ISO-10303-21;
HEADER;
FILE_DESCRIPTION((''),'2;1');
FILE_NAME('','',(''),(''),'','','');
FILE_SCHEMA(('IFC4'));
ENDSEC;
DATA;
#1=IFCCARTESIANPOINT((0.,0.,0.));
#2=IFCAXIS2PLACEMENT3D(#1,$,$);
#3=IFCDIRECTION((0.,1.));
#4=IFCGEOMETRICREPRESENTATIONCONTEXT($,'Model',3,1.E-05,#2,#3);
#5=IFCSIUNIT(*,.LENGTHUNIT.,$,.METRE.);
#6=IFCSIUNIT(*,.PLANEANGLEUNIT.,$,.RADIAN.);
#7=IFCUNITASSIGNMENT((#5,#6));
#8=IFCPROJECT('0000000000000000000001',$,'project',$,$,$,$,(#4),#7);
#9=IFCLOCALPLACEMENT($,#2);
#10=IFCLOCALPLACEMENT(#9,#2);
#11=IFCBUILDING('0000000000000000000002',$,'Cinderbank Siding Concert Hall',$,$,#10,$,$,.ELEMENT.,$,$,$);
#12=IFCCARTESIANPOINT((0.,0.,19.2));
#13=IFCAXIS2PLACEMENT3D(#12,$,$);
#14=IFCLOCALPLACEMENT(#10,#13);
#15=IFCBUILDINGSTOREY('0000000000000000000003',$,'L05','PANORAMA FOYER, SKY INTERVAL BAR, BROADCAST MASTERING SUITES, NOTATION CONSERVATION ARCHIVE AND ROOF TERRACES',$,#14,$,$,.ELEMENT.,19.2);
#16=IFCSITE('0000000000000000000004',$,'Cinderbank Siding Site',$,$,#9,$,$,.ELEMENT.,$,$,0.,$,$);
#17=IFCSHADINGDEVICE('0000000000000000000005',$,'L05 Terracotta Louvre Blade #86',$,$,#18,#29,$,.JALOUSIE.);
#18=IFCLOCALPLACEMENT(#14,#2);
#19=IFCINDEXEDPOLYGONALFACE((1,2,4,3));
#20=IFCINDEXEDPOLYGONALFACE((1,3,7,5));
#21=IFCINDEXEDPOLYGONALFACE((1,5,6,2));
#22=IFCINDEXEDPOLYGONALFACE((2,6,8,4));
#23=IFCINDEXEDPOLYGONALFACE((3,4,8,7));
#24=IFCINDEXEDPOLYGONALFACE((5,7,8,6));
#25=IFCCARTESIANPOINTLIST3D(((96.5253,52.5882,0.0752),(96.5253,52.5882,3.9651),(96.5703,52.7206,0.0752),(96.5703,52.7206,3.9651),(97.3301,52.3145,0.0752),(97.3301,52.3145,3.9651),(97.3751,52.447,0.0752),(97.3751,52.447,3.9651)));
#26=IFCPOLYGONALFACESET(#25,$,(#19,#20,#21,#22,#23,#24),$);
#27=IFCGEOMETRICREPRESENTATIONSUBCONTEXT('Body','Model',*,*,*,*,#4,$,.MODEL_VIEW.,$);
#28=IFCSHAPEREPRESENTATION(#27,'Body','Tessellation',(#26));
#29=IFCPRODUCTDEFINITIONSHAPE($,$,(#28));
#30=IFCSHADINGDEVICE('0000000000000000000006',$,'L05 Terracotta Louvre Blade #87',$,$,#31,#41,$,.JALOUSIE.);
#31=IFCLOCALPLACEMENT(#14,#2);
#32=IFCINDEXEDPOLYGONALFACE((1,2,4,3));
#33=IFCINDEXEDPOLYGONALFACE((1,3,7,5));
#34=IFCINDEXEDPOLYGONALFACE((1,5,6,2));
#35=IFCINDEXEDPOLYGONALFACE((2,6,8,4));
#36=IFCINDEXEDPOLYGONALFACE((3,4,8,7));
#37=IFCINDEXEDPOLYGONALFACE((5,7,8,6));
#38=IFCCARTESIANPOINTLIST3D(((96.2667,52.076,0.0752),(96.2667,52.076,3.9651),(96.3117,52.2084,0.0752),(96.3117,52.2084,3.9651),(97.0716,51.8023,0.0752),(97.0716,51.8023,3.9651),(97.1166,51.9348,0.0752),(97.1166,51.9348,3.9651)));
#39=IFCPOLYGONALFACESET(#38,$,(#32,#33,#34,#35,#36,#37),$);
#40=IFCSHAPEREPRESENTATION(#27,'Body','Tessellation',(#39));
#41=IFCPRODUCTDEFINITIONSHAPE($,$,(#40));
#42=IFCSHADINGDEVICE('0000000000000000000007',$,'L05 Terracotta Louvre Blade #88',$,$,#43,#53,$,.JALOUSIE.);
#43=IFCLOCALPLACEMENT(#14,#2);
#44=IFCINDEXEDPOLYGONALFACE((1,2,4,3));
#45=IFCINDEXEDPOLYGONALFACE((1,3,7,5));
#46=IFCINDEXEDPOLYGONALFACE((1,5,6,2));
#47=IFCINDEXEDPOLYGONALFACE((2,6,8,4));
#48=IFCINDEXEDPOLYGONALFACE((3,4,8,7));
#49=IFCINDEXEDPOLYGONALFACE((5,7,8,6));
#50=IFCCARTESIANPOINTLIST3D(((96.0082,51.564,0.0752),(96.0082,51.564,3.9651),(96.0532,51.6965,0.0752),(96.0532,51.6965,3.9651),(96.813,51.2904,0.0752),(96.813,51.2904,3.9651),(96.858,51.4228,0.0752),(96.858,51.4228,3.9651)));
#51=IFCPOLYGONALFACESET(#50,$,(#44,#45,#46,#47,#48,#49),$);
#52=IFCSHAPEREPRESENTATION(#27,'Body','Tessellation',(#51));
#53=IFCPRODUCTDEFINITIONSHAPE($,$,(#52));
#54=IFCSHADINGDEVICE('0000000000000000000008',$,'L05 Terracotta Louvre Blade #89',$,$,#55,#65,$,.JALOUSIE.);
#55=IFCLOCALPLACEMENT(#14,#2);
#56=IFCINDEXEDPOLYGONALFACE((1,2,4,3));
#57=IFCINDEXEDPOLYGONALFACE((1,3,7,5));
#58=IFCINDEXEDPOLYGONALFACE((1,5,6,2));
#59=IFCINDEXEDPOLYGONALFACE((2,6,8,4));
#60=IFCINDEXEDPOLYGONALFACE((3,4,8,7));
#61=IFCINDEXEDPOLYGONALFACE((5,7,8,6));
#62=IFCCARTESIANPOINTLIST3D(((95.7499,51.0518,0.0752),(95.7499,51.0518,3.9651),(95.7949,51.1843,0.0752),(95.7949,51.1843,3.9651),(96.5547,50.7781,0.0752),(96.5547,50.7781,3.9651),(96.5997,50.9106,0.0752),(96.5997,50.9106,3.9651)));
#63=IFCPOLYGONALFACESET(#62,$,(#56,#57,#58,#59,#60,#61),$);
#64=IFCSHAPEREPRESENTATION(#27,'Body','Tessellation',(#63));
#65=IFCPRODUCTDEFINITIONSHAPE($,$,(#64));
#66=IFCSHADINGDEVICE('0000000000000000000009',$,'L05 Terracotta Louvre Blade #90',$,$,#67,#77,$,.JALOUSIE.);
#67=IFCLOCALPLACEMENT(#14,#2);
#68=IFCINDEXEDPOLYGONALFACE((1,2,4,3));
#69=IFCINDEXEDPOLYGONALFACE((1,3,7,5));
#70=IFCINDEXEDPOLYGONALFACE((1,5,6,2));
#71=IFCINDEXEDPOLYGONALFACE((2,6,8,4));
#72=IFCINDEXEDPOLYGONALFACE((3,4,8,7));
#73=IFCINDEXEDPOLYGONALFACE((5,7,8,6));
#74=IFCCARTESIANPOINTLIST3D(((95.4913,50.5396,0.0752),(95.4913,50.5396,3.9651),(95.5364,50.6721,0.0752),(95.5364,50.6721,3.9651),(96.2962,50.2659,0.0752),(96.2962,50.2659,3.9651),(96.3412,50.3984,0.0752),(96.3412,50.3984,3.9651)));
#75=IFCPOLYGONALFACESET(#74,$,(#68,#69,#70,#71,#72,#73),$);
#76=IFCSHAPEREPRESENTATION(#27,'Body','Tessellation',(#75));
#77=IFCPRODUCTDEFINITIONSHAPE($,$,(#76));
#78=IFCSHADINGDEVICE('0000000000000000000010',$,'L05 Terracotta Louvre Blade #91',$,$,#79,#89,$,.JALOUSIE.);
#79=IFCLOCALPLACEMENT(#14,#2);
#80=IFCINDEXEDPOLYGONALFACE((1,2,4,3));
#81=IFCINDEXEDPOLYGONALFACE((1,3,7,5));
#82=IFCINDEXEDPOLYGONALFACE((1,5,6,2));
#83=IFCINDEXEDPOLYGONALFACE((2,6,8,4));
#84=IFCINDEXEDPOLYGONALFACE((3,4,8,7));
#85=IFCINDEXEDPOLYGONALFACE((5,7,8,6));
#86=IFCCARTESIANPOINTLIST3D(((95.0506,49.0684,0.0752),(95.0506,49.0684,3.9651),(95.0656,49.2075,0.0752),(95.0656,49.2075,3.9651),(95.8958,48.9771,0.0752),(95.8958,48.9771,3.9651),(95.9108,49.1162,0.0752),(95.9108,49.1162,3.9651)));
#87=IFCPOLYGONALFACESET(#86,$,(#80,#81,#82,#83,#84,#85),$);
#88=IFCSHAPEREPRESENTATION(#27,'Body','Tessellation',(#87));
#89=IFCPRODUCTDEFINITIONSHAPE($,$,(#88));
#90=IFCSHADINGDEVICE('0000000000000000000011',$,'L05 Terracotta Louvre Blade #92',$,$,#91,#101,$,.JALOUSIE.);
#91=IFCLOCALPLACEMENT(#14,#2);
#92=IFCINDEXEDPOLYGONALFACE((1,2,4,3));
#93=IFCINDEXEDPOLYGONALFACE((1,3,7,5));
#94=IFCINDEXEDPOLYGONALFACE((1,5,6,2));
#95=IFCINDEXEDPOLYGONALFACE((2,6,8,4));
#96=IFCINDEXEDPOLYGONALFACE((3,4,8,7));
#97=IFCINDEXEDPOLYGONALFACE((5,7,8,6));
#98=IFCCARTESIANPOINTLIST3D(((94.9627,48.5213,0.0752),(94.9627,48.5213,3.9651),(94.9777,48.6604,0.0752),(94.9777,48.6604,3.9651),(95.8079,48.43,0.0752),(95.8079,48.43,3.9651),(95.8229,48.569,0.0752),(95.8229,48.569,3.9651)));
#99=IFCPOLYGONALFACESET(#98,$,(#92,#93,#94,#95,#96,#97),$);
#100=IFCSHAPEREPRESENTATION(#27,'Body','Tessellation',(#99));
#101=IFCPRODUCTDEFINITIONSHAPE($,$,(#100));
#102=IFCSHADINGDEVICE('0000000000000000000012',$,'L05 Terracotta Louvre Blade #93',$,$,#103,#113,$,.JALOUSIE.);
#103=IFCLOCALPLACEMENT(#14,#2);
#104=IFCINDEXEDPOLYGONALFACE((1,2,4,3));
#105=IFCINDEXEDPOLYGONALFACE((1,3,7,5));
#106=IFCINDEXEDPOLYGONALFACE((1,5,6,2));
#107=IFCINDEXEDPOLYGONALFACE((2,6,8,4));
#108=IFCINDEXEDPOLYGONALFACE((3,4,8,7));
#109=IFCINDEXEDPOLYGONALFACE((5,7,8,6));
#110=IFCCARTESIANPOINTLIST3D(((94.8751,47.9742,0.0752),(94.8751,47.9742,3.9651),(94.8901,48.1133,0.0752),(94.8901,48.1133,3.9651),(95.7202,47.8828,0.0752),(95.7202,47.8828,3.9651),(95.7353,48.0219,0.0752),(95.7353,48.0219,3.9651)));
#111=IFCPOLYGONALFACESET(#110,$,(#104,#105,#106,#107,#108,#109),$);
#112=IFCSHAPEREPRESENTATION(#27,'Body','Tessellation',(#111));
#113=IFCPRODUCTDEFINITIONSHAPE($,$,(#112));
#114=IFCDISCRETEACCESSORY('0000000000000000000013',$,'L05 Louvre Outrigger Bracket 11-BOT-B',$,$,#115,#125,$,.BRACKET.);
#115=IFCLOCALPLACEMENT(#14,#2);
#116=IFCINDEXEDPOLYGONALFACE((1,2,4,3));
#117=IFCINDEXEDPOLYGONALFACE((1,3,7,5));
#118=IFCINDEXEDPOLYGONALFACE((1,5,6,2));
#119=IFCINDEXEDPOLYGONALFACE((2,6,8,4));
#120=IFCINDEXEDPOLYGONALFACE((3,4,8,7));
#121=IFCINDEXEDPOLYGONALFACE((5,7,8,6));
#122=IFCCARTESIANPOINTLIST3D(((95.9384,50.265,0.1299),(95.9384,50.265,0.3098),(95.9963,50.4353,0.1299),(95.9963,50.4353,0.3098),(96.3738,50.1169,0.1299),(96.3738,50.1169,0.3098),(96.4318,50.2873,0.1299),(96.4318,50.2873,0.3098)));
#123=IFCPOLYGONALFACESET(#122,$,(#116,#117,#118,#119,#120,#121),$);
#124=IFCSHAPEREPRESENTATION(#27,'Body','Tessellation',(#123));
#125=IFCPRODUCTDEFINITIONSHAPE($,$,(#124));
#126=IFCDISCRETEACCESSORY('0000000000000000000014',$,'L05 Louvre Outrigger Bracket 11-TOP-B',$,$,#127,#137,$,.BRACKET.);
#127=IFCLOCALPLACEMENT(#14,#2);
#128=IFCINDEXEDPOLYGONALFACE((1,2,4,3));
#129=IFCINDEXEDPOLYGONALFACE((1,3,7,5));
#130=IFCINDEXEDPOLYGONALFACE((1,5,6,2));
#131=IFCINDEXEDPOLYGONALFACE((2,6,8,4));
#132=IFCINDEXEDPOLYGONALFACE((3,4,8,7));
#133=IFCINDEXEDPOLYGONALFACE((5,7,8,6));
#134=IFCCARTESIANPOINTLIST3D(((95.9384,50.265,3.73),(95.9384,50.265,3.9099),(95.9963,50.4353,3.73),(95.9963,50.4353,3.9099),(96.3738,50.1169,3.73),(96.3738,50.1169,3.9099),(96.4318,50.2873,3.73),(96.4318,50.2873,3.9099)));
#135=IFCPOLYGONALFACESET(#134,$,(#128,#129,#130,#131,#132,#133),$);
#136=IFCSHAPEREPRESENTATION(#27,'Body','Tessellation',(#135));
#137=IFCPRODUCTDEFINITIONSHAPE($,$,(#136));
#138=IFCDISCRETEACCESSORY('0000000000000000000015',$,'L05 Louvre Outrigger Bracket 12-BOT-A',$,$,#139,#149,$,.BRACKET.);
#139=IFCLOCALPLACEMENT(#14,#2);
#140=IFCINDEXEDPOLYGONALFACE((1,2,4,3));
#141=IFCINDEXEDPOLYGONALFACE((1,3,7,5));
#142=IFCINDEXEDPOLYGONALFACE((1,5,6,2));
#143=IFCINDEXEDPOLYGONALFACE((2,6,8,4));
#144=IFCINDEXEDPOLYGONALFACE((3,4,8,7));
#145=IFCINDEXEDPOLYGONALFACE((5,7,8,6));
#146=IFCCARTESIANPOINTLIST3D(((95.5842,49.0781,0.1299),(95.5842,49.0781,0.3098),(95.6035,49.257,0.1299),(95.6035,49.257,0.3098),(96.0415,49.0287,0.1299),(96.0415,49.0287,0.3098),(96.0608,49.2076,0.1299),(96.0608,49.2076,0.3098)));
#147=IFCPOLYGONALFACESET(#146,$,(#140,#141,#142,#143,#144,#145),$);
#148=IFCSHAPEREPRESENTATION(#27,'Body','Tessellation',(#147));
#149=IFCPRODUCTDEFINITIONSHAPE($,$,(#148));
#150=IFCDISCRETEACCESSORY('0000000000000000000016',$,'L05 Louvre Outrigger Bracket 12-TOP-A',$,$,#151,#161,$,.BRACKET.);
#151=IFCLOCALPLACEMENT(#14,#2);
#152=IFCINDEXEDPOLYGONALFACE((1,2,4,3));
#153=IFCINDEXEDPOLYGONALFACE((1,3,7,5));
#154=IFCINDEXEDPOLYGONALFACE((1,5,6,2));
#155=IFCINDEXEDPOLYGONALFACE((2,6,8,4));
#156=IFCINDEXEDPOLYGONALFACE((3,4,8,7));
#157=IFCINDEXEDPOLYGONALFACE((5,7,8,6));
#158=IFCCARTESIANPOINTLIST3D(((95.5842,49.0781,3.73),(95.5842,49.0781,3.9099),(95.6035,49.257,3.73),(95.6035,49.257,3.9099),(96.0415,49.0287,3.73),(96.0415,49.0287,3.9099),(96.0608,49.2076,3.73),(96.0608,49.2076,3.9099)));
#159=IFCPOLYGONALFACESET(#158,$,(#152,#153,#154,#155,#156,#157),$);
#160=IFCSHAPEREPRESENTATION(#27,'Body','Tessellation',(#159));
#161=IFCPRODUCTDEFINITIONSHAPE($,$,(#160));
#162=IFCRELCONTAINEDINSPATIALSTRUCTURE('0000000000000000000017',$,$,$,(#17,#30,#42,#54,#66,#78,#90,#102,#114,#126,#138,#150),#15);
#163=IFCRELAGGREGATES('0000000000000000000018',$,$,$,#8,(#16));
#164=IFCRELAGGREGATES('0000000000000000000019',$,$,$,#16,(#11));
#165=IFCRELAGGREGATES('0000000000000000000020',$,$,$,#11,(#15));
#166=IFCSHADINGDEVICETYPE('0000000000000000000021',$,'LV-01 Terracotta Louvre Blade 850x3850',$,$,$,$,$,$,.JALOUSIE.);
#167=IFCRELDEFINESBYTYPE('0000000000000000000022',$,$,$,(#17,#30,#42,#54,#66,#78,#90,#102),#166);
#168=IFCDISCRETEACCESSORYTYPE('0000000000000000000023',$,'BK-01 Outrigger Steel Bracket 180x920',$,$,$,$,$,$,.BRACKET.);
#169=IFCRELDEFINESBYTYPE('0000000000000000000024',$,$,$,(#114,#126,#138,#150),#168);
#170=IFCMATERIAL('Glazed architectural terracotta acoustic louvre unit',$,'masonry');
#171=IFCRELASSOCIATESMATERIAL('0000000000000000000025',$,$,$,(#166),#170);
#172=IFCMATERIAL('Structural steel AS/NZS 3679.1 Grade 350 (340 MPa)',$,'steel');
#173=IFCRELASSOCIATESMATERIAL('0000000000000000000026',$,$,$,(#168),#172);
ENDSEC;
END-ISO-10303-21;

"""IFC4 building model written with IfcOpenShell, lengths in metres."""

from ifc_helpers import new_model, si_unit, direction, frame, origin, origin_2d, place, context, subcontext, project, spatial, rectangle, extrude, material, type_object, element, save


model = new_model("IFC4")

# Units and contexts
model_context = context("Model", 3, precision=1e-05, world=origin(), true_north=direction((0.0, 1.0)))
body_context = subcontext(model_context, "Body", "Model", "MODEL_VIEW")
ifc_project = project(units=[si_unit("LENGTHUNIT", "METRE"), si_unit("PLANEANGLEUNIT", "RADIAN")], contexts=[model_context])

# Site, building, storey
site_placement = place(None, origin())
site = spatial("IfcSite", under=ifc_project, at=site_placement, Name="Cinderbank Siding Site", CompositionType="ELEMENT", RefElevation=0.0)
building_placement = place(site_placement, origin())
building = spatial("IfcBuilding", under=site, at=building_placement, Name="Cinderbank Siding Concert Hall", CompositionType="ELEMENT")
storey_placement = place(building_placement, frame((0.0, 0.0, 19.2)))
storey = spatial("IfcBuildingStorey", under=building, at=storey_placement, Name="L05", Description="PANORAMA FOYER, SKY INTERVAL BAR, BROADCAST MASTERING SUITES, NOTATION CONSERVATION ARCHIVE AND ROOF TERRACES", CompositionType="ELEMENT", Elevation=19.2)

# Shared definitions
ifc_material_1 = material(Name="Structural steel AS/NZS 3679.1 Grade 350 (340 MPa)", Category="steel")

# Shading devices
ifc_material_2 = material(Name="Glazed architectural terracotta acoustic louvre unit", Category="masonry")
shading_device_type = type_object("IfcShadingDeviceType", Name="LV-01 Terracotta Louvre Blade 850x3850", PredefinedType="JALOUSIE", material=ifc_material_2)
for number, where, z_axis, x_axis, name in (
    (1, (96.9502, 52.5176, 0.0752), (0.0, 0.0, 1.0), (-0.946765, 0.321924, 0.0), "L05 Terracotta Louvre Blade #86"),
    (2, (96.6917, 52.0054, 0.0752), (0.0, 0.0, 1.0), (-0.946765, 0.321924, 0.0), "L05 Terracotta Louvre Blade #87"),
    (3, (96.4331, 51.4934, 0.0752), (0.0, 0.0, 1.0), (-0.946765, 0.321924, 0.0), "L05 Terracotta Louvre Blade #88"),
    (4, (96.1748, 50.9812, 0.0752), (0.0, 0.0, 1.0), (-0.946765, 0.321924, 0.0), "L05 Terracotta Louvre Blade #89"),
    (5, (95.9163, 50.469, 0.0752), (0.0, 0.0, 1.0), (-0.946765, 0.321924, 0.0), "L05 Terracotta Louvre Blade #90"),
    (6, (95.4807, 49.0923, 0.0752), (0.0, 0.0, 1.0), (-0.994211, 0.107447, 0.0), "L05 Terracotta Louvre Blade #91"),
    (7, (95.3928, 48.5452, 0.0752), (0.0, 0.0, 1.0), (-0.994211, 0.107447, 0.0), "L05 Terracotta Louvre Blade #92"),
    (8, (95.3052, 47.998, 0.0752), (0.0, 0.0, 1.0), (-0.994211, 0.107447, 0.0), "L05 Terracotta Louvre Blade #93"),
):
    element("IfcShadingDevice", number, at=place(storey_placement, frame(where, z_axis=z_axis, x_axis=x_axis)), inside=storey, type_object=shading_device_type, Name=name, PredefinedType="JALOUSIE", context=body_context, shape_type="SweptSolid", body=[
        extrude(rectangle(XDim=0.8501, YDim=0.1399, at=origin_2d()), origin(), (0.0, 0.0, 1.0), 3.8899),
    ])

# Discrete accessories
discrete_accessory_type = type_object("IfcDiscreteAccessoryType", Name="BK-01 Outrigger Steel Bracket 180x920", PredefinedType="BRACKET", material=ifc_material_1)
for number, where, z_axis, x_axis, name in (
    (9, (96.1851, 50.2761, 0.1299), (0.0, 0.0, 1.0), (-0.946765, 0.321924, 0.0), "L05 Louvre Outrigger Bracket 11-BOT-B"),
    (10, (96.1851, 50.2761, 3.73), (0.0, 0.0, 1.0), (-0.946765, 0.321924, 0.0), "L05 Louvre Outrigger Bracket 11-TOP-B"),
    (11, (95.8225, 49.1428, 0.1299), (0.0, 0.0, 1.0), (-0.994211, 0.107447, 0.0), "L05 Louvre Outrigger Bracket 12-BOT-A"),
    (12, (95.8225, 49.1428, 3.73), (0.0, 0.0, 1.0), (-0.994211, 0.107447, 0.0), "L05 Louvre Outrigger Bracket 12-TOP-A"),
):
    element("IfcDiscreteAccessory", number, at=place(storey_placement, frame(where, z_axis=z_axis, x_axis=x_axis)), inside=storey, type_object=discrete_accessory_type, Name=name, PredefinedType="BRACKET", context=body_context, shape_type="SweptSolid", body=[
        extrude(rectangle(XDim=0.46, YDim=0.1799, at=origin_2d()), origin(), (0.0, 0.0, 1.0), 0.1799),
    ])

save(model, "model.ifc")
